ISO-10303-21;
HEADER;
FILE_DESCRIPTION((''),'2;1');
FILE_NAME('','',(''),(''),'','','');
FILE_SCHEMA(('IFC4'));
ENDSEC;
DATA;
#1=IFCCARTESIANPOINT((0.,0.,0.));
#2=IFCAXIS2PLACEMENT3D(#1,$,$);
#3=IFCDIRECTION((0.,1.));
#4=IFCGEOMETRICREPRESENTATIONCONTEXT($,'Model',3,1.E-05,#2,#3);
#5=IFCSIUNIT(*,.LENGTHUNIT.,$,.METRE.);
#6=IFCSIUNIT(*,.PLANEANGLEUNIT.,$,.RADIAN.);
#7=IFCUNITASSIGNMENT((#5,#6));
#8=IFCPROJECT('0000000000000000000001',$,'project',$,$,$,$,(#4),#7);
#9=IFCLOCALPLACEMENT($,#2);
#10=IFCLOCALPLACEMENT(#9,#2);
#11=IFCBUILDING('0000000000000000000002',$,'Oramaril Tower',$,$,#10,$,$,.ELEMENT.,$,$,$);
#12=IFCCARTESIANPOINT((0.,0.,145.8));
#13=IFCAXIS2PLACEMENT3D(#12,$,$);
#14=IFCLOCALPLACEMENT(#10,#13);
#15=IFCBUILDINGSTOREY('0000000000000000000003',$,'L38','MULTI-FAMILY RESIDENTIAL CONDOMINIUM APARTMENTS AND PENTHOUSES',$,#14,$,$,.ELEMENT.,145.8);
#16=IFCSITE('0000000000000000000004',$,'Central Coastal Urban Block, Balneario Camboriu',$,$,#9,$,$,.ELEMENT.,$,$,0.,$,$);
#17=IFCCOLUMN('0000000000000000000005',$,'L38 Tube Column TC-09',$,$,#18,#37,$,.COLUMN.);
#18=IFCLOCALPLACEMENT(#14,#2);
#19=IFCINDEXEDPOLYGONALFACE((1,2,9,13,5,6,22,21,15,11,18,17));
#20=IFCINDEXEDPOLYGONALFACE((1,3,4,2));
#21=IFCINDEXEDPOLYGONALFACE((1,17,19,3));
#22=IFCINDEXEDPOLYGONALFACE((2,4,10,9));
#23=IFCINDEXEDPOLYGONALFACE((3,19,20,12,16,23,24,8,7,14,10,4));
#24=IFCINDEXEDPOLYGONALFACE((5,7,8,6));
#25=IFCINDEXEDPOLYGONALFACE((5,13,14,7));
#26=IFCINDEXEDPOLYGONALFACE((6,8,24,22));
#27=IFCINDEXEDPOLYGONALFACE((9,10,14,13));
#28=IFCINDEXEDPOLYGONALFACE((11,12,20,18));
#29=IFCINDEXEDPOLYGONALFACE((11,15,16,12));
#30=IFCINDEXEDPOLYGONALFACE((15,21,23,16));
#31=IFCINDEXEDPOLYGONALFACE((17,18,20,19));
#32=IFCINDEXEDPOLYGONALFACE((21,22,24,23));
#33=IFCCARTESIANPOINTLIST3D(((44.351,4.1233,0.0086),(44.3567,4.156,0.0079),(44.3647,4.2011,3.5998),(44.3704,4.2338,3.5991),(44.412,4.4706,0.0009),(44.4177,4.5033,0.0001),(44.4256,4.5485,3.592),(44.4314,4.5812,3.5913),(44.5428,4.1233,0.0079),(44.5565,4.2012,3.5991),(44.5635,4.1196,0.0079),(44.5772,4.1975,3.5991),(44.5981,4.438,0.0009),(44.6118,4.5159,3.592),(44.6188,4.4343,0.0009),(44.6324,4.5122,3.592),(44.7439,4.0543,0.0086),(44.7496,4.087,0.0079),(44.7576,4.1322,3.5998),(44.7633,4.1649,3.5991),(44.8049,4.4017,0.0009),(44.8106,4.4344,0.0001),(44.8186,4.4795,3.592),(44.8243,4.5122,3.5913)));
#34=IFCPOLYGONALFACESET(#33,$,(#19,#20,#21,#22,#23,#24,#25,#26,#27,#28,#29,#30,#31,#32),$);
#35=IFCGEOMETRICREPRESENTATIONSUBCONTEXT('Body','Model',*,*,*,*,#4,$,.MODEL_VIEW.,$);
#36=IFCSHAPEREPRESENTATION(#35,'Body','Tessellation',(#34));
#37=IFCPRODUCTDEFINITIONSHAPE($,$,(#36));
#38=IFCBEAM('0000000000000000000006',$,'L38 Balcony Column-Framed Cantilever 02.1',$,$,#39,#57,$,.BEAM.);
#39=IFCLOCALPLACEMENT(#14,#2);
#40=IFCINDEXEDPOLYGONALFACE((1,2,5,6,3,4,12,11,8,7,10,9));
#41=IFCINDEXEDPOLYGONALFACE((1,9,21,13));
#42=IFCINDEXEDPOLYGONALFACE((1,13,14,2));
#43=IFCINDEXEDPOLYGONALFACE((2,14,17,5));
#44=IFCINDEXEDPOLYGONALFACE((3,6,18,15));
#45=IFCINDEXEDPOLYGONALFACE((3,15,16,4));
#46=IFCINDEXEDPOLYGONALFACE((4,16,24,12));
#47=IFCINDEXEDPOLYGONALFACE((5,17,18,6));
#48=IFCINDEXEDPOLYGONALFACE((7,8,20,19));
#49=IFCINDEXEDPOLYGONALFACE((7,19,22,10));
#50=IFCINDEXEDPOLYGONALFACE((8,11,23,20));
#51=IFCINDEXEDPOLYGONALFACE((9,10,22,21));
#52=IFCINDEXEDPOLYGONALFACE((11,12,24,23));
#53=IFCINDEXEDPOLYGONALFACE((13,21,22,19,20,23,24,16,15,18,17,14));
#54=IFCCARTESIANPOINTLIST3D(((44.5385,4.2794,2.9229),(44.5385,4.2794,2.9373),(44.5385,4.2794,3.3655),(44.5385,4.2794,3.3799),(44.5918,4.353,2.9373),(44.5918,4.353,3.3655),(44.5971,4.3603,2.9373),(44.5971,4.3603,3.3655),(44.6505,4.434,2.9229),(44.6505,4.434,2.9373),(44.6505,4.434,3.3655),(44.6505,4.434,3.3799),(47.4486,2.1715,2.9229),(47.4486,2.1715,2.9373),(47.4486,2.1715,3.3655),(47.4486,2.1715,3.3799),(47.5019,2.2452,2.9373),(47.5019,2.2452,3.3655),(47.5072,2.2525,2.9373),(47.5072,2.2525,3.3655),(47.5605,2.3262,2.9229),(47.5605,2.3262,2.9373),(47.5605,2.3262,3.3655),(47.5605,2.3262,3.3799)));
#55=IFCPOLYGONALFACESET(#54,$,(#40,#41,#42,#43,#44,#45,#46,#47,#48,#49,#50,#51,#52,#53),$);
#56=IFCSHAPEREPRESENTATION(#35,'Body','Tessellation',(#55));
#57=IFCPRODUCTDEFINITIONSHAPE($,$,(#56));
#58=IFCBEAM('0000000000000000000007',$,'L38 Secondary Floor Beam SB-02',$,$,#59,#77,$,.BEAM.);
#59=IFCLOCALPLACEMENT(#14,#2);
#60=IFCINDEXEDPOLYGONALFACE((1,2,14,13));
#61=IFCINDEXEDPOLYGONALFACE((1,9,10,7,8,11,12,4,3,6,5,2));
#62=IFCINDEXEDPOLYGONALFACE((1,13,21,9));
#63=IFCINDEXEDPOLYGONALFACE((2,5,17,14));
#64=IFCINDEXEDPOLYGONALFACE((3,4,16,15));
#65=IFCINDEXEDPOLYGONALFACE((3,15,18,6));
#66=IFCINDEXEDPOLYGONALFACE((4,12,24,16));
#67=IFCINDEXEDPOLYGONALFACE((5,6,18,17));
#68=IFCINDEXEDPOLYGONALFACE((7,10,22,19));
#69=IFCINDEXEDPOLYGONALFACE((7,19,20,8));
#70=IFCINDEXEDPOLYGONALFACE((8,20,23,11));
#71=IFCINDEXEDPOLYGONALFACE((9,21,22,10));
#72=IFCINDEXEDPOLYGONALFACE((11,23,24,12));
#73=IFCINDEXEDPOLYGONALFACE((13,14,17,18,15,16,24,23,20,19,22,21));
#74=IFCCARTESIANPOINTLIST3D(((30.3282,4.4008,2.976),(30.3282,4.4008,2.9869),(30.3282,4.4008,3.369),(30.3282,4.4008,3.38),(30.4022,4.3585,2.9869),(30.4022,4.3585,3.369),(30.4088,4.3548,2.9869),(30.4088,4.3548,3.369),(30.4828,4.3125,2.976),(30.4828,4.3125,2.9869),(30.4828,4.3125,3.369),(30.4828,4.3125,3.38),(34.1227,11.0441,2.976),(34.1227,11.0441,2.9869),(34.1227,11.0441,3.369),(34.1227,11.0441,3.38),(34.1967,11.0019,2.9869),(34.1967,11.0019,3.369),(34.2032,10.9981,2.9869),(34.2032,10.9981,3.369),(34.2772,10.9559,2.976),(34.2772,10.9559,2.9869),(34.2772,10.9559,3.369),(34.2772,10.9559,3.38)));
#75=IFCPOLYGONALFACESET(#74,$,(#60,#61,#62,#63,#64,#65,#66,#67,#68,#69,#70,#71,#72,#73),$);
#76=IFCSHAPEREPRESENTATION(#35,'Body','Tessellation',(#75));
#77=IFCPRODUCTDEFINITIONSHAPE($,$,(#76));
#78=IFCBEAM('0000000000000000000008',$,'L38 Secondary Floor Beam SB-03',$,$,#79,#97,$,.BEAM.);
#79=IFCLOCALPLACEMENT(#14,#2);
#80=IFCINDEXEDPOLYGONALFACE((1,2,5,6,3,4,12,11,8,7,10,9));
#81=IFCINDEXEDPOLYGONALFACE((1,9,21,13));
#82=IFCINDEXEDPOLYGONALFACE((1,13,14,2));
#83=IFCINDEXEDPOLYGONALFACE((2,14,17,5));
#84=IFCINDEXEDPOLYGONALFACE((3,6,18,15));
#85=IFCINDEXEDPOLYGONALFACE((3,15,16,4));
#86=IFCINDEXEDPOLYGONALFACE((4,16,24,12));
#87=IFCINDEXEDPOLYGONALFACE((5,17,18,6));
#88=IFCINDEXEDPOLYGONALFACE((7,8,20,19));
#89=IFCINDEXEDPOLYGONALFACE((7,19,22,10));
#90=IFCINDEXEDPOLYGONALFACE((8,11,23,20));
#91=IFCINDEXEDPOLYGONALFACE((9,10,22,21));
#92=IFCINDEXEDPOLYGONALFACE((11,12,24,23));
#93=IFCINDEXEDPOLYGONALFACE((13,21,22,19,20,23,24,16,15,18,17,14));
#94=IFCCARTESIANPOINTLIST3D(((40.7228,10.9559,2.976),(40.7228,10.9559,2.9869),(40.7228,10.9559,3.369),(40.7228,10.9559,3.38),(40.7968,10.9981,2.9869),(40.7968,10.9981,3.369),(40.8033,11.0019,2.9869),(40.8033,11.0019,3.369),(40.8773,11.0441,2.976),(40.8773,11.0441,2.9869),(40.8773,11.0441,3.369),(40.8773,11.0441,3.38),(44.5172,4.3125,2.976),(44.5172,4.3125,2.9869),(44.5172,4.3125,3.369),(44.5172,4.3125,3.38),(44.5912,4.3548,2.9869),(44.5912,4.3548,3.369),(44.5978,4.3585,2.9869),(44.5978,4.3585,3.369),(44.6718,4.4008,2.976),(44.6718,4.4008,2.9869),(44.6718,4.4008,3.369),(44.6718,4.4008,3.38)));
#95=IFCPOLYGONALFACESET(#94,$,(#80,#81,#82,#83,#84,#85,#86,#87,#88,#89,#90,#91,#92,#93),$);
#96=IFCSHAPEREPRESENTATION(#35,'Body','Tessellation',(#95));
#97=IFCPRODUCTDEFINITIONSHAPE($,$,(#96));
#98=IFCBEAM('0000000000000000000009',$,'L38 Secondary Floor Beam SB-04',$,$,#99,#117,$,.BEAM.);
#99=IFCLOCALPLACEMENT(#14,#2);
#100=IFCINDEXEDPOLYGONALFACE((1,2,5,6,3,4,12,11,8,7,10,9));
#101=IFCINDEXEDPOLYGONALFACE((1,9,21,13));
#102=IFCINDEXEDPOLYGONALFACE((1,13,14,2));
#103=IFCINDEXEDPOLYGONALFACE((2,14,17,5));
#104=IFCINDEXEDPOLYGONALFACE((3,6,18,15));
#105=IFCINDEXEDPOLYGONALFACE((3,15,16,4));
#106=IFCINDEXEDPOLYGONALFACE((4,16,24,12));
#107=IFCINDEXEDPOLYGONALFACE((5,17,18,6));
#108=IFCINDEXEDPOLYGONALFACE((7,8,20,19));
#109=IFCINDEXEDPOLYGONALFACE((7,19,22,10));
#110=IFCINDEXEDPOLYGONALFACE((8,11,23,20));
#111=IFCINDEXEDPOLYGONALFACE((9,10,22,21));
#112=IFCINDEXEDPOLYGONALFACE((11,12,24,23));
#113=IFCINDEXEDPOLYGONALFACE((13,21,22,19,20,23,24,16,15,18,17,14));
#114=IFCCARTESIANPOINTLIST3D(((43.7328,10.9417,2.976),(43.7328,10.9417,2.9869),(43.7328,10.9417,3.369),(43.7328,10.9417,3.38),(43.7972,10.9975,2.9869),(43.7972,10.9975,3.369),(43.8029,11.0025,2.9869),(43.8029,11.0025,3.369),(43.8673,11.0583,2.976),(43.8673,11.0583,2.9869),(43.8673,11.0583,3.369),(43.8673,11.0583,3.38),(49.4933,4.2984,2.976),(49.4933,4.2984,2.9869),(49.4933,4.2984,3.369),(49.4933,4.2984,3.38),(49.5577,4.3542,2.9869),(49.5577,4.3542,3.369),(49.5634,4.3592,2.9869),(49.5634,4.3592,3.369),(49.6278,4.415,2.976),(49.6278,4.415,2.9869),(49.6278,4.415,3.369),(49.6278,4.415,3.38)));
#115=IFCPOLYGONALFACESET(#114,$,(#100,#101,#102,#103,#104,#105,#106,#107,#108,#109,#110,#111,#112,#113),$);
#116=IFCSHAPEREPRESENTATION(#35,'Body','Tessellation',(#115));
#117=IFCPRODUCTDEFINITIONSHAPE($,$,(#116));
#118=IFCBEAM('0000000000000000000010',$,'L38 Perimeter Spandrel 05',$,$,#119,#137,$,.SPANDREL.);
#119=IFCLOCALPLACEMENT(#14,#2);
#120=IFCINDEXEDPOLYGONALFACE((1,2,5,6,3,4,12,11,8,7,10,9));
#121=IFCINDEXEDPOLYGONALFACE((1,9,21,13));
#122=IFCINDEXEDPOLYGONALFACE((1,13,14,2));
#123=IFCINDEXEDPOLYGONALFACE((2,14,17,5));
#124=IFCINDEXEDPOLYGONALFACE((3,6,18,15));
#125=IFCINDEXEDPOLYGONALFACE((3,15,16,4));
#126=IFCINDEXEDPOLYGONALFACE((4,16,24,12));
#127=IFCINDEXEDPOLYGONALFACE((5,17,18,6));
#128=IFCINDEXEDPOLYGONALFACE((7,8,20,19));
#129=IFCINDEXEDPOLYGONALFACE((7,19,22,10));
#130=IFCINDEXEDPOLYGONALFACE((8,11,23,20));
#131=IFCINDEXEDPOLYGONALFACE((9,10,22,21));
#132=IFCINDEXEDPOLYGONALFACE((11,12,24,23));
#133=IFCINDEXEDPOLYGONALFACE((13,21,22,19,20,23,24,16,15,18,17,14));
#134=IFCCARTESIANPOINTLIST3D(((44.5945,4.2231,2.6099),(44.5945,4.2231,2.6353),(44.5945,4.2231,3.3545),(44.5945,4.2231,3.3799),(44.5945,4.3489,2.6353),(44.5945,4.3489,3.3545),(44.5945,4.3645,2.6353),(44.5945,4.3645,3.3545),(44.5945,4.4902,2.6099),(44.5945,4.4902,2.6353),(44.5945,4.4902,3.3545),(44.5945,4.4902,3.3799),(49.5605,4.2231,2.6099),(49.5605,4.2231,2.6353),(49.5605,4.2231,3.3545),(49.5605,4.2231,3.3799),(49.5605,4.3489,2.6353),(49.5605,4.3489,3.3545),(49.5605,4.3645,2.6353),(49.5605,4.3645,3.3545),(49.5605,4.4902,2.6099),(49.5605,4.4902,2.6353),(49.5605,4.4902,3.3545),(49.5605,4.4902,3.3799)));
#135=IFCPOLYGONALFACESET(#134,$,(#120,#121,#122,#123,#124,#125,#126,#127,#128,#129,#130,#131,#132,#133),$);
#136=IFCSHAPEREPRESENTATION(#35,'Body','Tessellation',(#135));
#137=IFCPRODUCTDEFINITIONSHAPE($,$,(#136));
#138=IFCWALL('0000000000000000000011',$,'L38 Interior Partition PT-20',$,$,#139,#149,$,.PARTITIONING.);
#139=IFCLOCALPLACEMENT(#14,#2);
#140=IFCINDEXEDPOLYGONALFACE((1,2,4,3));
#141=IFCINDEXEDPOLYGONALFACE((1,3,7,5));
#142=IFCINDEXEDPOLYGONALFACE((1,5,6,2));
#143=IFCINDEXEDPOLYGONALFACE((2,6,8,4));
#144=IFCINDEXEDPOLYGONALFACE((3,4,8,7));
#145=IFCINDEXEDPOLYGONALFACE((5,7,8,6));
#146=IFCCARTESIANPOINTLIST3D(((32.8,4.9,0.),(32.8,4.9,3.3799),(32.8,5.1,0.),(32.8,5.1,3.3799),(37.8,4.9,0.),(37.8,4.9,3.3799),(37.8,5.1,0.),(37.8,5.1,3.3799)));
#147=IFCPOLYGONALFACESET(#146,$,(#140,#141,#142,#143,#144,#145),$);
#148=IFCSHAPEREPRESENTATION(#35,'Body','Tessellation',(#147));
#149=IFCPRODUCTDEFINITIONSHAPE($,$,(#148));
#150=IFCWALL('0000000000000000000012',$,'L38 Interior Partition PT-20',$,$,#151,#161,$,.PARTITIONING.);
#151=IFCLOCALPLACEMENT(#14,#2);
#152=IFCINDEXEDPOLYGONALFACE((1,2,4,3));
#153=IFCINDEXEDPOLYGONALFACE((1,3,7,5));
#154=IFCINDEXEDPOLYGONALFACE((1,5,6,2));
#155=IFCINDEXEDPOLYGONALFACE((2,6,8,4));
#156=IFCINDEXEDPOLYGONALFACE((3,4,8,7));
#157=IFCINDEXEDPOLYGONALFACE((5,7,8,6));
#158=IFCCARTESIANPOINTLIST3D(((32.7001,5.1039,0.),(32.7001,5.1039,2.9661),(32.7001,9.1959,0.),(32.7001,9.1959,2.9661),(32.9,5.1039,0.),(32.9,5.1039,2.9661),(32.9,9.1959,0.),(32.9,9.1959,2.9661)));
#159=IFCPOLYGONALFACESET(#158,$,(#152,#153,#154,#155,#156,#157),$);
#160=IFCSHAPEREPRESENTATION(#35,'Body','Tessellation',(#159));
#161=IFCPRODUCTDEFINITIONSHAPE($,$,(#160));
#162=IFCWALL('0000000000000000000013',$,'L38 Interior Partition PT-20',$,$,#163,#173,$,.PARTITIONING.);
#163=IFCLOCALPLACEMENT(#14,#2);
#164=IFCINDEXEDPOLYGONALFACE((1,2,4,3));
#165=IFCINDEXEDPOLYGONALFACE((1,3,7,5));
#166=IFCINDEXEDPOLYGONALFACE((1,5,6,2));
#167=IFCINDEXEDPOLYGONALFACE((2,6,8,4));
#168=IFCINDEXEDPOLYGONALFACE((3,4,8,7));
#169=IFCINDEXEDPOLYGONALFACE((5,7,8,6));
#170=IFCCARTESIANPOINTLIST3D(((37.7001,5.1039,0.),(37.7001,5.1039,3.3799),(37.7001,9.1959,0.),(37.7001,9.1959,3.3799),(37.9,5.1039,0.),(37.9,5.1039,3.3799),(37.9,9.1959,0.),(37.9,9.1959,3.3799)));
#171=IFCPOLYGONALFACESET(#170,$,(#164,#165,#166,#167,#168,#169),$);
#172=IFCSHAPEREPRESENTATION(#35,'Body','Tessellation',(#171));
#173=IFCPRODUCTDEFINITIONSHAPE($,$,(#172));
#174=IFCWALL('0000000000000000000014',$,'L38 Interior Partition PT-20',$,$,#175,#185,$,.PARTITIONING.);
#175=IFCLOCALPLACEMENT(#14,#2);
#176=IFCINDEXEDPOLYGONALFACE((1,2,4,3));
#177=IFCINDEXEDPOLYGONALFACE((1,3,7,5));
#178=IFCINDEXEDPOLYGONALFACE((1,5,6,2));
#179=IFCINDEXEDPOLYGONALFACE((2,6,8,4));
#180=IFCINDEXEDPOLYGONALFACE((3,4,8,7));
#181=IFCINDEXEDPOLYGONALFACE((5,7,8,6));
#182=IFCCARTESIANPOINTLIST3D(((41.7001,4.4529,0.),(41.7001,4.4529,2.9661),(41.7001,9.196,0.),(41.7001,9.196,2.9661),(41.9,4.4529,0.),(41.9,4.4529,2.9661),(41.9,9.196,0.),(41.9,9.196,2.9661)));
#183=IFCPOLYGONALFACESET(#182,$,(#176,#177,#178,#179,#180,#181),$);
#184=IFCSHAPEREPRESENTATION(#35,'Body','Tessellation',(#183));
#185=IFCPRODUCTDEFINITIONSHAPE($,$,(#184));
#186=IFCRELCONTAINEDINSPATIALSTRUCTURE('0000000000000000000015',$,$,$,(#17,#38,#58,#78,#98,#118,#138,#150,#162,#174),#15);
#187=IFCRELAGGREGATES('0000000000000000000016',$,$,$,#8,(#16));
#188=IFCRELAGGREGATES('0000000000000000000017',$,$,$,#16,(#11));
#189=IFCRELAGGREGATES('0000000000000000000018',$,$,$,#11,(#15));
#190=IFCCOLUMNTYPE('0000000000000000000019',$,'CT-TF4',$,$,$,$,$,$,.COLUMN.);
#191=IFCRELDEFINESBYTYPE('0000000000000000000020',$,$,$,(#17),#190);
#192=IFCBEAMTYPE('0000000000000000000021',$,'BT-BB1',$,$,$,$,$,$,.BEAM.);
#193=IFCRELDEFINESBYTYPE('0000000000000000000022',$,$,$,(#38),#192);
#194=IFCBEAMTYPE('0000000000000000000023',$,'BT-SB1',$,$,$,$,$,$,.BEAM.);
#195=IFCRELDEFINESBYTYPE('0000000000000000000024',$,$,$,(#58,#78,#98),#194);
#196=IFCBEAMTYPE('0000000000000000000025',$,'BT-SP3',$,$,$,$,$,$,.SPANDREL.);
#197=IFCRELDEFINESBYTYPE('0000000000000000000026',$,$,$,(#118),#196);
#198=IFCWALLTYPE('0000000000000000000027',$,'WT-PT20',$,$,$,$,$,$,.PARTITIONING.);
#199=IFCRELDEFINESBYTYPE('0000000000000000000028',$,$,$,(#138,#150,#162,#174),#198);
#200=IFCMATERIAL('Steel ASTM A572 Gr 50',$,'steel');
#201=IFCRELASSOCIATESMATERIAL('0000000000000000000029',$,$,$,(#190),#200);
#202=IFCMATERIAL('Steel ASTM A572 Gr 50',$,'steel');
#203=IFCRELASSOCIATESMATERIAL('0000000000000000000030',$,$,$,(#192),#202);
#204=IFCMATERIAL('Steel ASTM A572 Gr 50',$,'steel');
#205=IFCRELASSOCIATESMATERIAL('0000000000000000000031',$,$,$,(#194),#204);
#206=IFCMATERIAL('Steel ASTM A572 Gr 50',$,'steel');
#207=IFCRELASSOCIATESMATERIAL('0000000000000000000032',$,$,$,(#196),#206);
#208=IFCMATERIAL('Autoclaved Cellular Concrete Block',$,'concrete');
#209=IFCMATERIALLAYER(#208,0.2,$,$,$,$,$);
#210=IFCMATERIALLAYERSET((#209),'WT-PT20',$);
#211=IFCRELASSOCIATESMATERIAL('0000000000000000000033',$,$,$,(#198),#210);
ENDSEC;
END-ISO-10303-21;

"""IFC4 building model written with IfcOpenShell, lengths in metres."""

from ifc_helpers import new_model, si_unit, direction, frame, frame_2d, origin, origin_2d, place, context, subcontext, project, spatial, rectangle, i_section, extrude, material, layer, layer_set, material_profile, profile_set, type_object, element, save


model = new_model("IFC4")

# Units and contexts
model_context = context("Model", 3, precision=1e-05, world=origin(), true_north=direction((0.0, 1.0)))
body_context = subcontext(model_context, "Body", "Model", "MODEL_VIEW")
ifc_project = project(units=[si_unit("LENGTHUNIT", "METRE"), si_unit("PLANEANGLEUNIT", "RADIAN")], contexts=[model_context])

# Site, building, storey
site_placement = place(None, origin())
site = spatial("IfcSite", under=ifc_project, at=site_placement, Name="Central Coastal Urban Block, Balneario Camboriu", CompositionType="ELEMENT", RefElevation=0.0)
building_placement = place(site_placement, origin())
building = spatial("IfcBuilding", under=site, at=building_placement, Name="Oramaril Tower", CompositionType="ELEMENT")
storey_placement = place(building_placement, frame((0.0, 0.0, 145.8)))
storey = spatial("IfcBuildingStorey", under=building, at=storey_placement, Name="L38", Description="MULTI-FAMILY RESIDENTIAL CONDOMINIUM APARTMENTS AND PENTHOUSES", CompositionType="ELEMENT", Elevation=145.8)

# Column
ifc_material_1 = material(Name="Steel ASTM A572 Gr 50", Category="steel")
ifc_material_profile_1 = material_profile(ifc_material_1, i_section(OverallWidth=0.3989, OverallDepth=0.386, WebThickness=0.021, FlangeThickness=0.0332, at=origin_2d()), Name="W14X176")
ifc_profile_set_1 = profile_set([ifc_material_profile_1], Name="Steel ASTM A572 Gr 50")
column_type = type_object("IfcColumnType", Name="CT-TF4", PredefinedType="COLUMN", material=ifc_profile_set_1)
column_placement = place(storey_placement, frame((44.5808, 4.2788, 0.0044), z_axis=(0.003806, 0.021682, 0.999758), x_axis=(-0.984939, 0.172905, 0.0)))
element("IfcColumn", 1, at=column_placement, inside=storey, type_object=column_type, Name="L38 Tube Column TC-09", PredefinedType="COLUMN", context=body_context, shape_type="SweptSolid", body=[
    extrude(i_section(OverallWidth=0.3989, OverallDepth=0.386, WebThickness=0.021, FlangeThickness=0.0332, at=origin_2d()), origin(), (0.0, 0.0, 1.0), 3.592),
])

# Beams
ifc_material_2 = material(Name="Steel ASTM A572 Gr 50", Category="steel")
ifc_material_profile_2 = material_profile(ifc_material_2, i_section(OverallWidth=0.1909, OverallDepth=0.457, WebThickness=0.009, FlangeThickness=0.0144, at=origin_2d()), Name="W18X50")
ifc_profile_set_2 = profile_set([ifc_material_profile_2], Name="Steel ASTM A572 Gr 50")
beam_type_1 = type_object("IfcBeamType", Name="BT-BB1", PredefinedType="BEAM", material=ifc_profile_set_2)
beam_1_placement = place(storey_placement, frame((44.5945, 4.3567, 3.1514), z_axis=(0.809869, -0.586611, 0.0), x_axis=(0.586611, 0.809869, 0.0)))
element("IfcBeam", 2, at=beam_1_placement, inside=storey, type_object=beam_type_1, Name="L38 Balcony Column-Framed Cantilever 02.1", PredefinedType="BEAM", context=body_context, shape_type="SweptSolid", body=[
    extrude(i_section(OverallWidth=0.1909, OverallDepth=0.457, WebThickness=0.009, FlangeThickness=0.0144, at=origin_2d()), origin(), (0.0, 0.0, 1.0), 3.5933),
])
ifc_material_3 = material(Name="Steel ASTM A572 Gr 50", Category="steel")
ifc_material_profile_3 = material_profile(ifc_material_3, i_section(OverallWidth=0.178, OverallDepth=0.4041, WebThickness=0.0076, FlangeThickness=0.011, at=origin_2d()), Name="W16X36")
ifc_profile_set_3 = profile_set([ifc_material_profile_3], Name="Steel ASTM A572 Gr 50")
beam_type_2 = type_object("IfcBeamType", Name="BT-SB1", PredefinedType="BEAM", material=ifc_profile_set_3)
for number, where, z_axis, x_axis, name in (
    (3, (34.2, 11.0, 3.178), (-0.495967, -0.868341, 0.0), (0.868341, -0.495967, 0.0), "L38 Secondary Floor Beam SB-02"),
    (4, (40.8, 11.0, 3.178), (0.495967, -0.868341, 0.0), (0.868341, 0.495967, 0.0), "L38 Secondary Floor Beam SB-03"),
):
    element("IfcBeam", number, at=place(storey_placement, frame(where, z_axis=z_axis, x_axis=x_axis)), inside=storey, type_object=beam_type_2, Name=name, PredefinedType="BEAM", context=body_context, shape_type="SweptSolid", body=[
        extrude(i_section(OverallWidth=0.178, OverallDepth=0.4041, WebThickness=0.0076, FlangeThickness=0.011, at=origin_2d()), origin(), (0.0, 0.0, 1.0), 7.6506),
    ])
beam_2_placement = place(storey_placement, frame((43.8, 11.0, 3.178), z_axis=(0.655123, -0.755522, 0.0), x_axis=(0.755522, 0.655123, 0.0)))
element("IfcBeam", 5, at=beam_2_placement, inside=storey, type_object=beam_type_2, Name="L38 Secondary Floor Beam SB-04", PredefinedType="BEAM", context=body_context, shape_type="SweptSolid", body=[
    extrude(i_section(OverallWidth=0.178, OverallDepth=0.4041, WebThickness=0.0076, FlangeThickness=0.011, at=origin_2d()), origin(), (0.0, 0.0, 1.0), 8.793),
])
ifc_material_4 = material(Name="Steel ASTM A572 Gr 50", Category="steel")
ifc_material_profile_4 = material_profile(ifc_material_4, i_section(OverallWidth=0.2671, OverallDepth=0.77, WebThickness=0.0156, FlangeThickness=0.0254, at=origin_2d()), Name="W30X132")
ifc_profile_set_4 = profile_set([ifc_material_profile_4], Name="Steel ASTM A572 Gr 50")
beam_type_3 = type_object("IfcBeamType", Name="BT-SP3", PredefinedType="SPANDREL", material=ifc_profile_set_4)
beam_3_placement = place(storey_placement, frame((44.5945, 4.3567, 2.9949), z_axis=(1.0, 0.0, 0.0), x_axis=(0.0, 1.0, 0.0)))
element("IfcBeam", 6, at=beam_3_placement, inside=storey, type_object=beam_type_3, Name="L38 Perimeter Spandrel 05", PredefinedType="SPANDREL", context=body_context, shape_type="SweptSolid", body=[
    extrude(i_section(OverallWidth=0.2671, OverallDepth=0.77, WebThickness=0.0156, FlangeThickness=0.0254, at=origin_2d()), origin(), (0.0, 0.0, 1.0), 4.9661),
])

# Walls
ifc_material_5 = material(Name="Autoclaved Cellular Concrete Block", Category="concrete")
ifc_layer_1 = layer(ifc_material_5, 0.2)
ifc_layer_set_1 = layer_set([ifc_layer_1], Name="WT-PT20")
wall_type = type_object("IfcWallType", Name="WT-PT20", PredefinedType="PARTITIONING", material=ifc_layer_set_1)
wall_1_placement = place(storey_placement, frame((32.8, 5.0, 0.0), z_axis=(0.0, 0.0, 1.0), x_axis=(1.0, 0.0, 0.0)))
element("IfcWall", 7, at=wall_1_placement, inside=storey, type_object=wall_type, Name="L38 Interior Partition PT-20", PredefinedType="PARTITIONING", context=body_context, shape_type="SweptSolid", body=[
    extrude(rectangle(XDim=5.0, YDim=0.2, at=frame_2d((2.5, 0.0))), origin(), (0.0, 0.0, 1.0), 3.3799),
])
wall_2_placement = place(storey_placement, frame((32.8, 5.104, 0.0), z_axis=(0.0, 0.0, 1.0), x_axis=(0.0, 1.0, 0.0)))
element("IfcWall", 8, at=wall_2_placement, inside=storey, type_object=wall_type, Name="L38 Interior Partition PT-20", PredefinedType="PARTITIONING", context=body_context, shape_type="SweptSolid", body=[
    extrude(rectangle(XDim=4.092, YDim=0.2, at=frame_2d((2.0459, 0.0))), origin(), (0.0, 0.0, 1.0), 2.9661),
])
wall_3_placement = place(storey_placement, frame((37.8, 5.104, 0.0), z_axis=(0.0, 0.0, 1.0), x_axis=(0.0, 1.0, 0.0)))
element("IfcWall", 9, at=wall_3_placement, inside=storey, type_object=wall_type, Name="L38 Interior Partition PT-20", PredefinedType="PARTITIONING", context=body_context, shape_type="SweptSolid", body=[
    extrude(rectangle(XDim=4.092, YDim=0.2, at=frame_2d((2.0459, 0.0))), origin(), (0.0, 0.0, 1.0), 3.3799),
])
wall_4_placement = place(storey_placement, frame((41.8, 4.4529, 0.0), z_axis=(0.0, 0.0, 1.0), x_axis=(0.0, 1.0, 0.0)))
element("IfcWall", 10, at=wall_4_placement, inside=storey, type_object=wall_type, Name="L38 Interior Partition PT-20", PredefinedType="PARTITIONING", context=body_context, shape_type="SweptSolid", body=[
    extrude(rectangle(XDim=4.7432, YDim=0.2, at=frame_2d((2.3716, 0.0))), origin(), (0.0, 0.0, 1.0), 2.9661),
])

save(model, "model.ifc")
